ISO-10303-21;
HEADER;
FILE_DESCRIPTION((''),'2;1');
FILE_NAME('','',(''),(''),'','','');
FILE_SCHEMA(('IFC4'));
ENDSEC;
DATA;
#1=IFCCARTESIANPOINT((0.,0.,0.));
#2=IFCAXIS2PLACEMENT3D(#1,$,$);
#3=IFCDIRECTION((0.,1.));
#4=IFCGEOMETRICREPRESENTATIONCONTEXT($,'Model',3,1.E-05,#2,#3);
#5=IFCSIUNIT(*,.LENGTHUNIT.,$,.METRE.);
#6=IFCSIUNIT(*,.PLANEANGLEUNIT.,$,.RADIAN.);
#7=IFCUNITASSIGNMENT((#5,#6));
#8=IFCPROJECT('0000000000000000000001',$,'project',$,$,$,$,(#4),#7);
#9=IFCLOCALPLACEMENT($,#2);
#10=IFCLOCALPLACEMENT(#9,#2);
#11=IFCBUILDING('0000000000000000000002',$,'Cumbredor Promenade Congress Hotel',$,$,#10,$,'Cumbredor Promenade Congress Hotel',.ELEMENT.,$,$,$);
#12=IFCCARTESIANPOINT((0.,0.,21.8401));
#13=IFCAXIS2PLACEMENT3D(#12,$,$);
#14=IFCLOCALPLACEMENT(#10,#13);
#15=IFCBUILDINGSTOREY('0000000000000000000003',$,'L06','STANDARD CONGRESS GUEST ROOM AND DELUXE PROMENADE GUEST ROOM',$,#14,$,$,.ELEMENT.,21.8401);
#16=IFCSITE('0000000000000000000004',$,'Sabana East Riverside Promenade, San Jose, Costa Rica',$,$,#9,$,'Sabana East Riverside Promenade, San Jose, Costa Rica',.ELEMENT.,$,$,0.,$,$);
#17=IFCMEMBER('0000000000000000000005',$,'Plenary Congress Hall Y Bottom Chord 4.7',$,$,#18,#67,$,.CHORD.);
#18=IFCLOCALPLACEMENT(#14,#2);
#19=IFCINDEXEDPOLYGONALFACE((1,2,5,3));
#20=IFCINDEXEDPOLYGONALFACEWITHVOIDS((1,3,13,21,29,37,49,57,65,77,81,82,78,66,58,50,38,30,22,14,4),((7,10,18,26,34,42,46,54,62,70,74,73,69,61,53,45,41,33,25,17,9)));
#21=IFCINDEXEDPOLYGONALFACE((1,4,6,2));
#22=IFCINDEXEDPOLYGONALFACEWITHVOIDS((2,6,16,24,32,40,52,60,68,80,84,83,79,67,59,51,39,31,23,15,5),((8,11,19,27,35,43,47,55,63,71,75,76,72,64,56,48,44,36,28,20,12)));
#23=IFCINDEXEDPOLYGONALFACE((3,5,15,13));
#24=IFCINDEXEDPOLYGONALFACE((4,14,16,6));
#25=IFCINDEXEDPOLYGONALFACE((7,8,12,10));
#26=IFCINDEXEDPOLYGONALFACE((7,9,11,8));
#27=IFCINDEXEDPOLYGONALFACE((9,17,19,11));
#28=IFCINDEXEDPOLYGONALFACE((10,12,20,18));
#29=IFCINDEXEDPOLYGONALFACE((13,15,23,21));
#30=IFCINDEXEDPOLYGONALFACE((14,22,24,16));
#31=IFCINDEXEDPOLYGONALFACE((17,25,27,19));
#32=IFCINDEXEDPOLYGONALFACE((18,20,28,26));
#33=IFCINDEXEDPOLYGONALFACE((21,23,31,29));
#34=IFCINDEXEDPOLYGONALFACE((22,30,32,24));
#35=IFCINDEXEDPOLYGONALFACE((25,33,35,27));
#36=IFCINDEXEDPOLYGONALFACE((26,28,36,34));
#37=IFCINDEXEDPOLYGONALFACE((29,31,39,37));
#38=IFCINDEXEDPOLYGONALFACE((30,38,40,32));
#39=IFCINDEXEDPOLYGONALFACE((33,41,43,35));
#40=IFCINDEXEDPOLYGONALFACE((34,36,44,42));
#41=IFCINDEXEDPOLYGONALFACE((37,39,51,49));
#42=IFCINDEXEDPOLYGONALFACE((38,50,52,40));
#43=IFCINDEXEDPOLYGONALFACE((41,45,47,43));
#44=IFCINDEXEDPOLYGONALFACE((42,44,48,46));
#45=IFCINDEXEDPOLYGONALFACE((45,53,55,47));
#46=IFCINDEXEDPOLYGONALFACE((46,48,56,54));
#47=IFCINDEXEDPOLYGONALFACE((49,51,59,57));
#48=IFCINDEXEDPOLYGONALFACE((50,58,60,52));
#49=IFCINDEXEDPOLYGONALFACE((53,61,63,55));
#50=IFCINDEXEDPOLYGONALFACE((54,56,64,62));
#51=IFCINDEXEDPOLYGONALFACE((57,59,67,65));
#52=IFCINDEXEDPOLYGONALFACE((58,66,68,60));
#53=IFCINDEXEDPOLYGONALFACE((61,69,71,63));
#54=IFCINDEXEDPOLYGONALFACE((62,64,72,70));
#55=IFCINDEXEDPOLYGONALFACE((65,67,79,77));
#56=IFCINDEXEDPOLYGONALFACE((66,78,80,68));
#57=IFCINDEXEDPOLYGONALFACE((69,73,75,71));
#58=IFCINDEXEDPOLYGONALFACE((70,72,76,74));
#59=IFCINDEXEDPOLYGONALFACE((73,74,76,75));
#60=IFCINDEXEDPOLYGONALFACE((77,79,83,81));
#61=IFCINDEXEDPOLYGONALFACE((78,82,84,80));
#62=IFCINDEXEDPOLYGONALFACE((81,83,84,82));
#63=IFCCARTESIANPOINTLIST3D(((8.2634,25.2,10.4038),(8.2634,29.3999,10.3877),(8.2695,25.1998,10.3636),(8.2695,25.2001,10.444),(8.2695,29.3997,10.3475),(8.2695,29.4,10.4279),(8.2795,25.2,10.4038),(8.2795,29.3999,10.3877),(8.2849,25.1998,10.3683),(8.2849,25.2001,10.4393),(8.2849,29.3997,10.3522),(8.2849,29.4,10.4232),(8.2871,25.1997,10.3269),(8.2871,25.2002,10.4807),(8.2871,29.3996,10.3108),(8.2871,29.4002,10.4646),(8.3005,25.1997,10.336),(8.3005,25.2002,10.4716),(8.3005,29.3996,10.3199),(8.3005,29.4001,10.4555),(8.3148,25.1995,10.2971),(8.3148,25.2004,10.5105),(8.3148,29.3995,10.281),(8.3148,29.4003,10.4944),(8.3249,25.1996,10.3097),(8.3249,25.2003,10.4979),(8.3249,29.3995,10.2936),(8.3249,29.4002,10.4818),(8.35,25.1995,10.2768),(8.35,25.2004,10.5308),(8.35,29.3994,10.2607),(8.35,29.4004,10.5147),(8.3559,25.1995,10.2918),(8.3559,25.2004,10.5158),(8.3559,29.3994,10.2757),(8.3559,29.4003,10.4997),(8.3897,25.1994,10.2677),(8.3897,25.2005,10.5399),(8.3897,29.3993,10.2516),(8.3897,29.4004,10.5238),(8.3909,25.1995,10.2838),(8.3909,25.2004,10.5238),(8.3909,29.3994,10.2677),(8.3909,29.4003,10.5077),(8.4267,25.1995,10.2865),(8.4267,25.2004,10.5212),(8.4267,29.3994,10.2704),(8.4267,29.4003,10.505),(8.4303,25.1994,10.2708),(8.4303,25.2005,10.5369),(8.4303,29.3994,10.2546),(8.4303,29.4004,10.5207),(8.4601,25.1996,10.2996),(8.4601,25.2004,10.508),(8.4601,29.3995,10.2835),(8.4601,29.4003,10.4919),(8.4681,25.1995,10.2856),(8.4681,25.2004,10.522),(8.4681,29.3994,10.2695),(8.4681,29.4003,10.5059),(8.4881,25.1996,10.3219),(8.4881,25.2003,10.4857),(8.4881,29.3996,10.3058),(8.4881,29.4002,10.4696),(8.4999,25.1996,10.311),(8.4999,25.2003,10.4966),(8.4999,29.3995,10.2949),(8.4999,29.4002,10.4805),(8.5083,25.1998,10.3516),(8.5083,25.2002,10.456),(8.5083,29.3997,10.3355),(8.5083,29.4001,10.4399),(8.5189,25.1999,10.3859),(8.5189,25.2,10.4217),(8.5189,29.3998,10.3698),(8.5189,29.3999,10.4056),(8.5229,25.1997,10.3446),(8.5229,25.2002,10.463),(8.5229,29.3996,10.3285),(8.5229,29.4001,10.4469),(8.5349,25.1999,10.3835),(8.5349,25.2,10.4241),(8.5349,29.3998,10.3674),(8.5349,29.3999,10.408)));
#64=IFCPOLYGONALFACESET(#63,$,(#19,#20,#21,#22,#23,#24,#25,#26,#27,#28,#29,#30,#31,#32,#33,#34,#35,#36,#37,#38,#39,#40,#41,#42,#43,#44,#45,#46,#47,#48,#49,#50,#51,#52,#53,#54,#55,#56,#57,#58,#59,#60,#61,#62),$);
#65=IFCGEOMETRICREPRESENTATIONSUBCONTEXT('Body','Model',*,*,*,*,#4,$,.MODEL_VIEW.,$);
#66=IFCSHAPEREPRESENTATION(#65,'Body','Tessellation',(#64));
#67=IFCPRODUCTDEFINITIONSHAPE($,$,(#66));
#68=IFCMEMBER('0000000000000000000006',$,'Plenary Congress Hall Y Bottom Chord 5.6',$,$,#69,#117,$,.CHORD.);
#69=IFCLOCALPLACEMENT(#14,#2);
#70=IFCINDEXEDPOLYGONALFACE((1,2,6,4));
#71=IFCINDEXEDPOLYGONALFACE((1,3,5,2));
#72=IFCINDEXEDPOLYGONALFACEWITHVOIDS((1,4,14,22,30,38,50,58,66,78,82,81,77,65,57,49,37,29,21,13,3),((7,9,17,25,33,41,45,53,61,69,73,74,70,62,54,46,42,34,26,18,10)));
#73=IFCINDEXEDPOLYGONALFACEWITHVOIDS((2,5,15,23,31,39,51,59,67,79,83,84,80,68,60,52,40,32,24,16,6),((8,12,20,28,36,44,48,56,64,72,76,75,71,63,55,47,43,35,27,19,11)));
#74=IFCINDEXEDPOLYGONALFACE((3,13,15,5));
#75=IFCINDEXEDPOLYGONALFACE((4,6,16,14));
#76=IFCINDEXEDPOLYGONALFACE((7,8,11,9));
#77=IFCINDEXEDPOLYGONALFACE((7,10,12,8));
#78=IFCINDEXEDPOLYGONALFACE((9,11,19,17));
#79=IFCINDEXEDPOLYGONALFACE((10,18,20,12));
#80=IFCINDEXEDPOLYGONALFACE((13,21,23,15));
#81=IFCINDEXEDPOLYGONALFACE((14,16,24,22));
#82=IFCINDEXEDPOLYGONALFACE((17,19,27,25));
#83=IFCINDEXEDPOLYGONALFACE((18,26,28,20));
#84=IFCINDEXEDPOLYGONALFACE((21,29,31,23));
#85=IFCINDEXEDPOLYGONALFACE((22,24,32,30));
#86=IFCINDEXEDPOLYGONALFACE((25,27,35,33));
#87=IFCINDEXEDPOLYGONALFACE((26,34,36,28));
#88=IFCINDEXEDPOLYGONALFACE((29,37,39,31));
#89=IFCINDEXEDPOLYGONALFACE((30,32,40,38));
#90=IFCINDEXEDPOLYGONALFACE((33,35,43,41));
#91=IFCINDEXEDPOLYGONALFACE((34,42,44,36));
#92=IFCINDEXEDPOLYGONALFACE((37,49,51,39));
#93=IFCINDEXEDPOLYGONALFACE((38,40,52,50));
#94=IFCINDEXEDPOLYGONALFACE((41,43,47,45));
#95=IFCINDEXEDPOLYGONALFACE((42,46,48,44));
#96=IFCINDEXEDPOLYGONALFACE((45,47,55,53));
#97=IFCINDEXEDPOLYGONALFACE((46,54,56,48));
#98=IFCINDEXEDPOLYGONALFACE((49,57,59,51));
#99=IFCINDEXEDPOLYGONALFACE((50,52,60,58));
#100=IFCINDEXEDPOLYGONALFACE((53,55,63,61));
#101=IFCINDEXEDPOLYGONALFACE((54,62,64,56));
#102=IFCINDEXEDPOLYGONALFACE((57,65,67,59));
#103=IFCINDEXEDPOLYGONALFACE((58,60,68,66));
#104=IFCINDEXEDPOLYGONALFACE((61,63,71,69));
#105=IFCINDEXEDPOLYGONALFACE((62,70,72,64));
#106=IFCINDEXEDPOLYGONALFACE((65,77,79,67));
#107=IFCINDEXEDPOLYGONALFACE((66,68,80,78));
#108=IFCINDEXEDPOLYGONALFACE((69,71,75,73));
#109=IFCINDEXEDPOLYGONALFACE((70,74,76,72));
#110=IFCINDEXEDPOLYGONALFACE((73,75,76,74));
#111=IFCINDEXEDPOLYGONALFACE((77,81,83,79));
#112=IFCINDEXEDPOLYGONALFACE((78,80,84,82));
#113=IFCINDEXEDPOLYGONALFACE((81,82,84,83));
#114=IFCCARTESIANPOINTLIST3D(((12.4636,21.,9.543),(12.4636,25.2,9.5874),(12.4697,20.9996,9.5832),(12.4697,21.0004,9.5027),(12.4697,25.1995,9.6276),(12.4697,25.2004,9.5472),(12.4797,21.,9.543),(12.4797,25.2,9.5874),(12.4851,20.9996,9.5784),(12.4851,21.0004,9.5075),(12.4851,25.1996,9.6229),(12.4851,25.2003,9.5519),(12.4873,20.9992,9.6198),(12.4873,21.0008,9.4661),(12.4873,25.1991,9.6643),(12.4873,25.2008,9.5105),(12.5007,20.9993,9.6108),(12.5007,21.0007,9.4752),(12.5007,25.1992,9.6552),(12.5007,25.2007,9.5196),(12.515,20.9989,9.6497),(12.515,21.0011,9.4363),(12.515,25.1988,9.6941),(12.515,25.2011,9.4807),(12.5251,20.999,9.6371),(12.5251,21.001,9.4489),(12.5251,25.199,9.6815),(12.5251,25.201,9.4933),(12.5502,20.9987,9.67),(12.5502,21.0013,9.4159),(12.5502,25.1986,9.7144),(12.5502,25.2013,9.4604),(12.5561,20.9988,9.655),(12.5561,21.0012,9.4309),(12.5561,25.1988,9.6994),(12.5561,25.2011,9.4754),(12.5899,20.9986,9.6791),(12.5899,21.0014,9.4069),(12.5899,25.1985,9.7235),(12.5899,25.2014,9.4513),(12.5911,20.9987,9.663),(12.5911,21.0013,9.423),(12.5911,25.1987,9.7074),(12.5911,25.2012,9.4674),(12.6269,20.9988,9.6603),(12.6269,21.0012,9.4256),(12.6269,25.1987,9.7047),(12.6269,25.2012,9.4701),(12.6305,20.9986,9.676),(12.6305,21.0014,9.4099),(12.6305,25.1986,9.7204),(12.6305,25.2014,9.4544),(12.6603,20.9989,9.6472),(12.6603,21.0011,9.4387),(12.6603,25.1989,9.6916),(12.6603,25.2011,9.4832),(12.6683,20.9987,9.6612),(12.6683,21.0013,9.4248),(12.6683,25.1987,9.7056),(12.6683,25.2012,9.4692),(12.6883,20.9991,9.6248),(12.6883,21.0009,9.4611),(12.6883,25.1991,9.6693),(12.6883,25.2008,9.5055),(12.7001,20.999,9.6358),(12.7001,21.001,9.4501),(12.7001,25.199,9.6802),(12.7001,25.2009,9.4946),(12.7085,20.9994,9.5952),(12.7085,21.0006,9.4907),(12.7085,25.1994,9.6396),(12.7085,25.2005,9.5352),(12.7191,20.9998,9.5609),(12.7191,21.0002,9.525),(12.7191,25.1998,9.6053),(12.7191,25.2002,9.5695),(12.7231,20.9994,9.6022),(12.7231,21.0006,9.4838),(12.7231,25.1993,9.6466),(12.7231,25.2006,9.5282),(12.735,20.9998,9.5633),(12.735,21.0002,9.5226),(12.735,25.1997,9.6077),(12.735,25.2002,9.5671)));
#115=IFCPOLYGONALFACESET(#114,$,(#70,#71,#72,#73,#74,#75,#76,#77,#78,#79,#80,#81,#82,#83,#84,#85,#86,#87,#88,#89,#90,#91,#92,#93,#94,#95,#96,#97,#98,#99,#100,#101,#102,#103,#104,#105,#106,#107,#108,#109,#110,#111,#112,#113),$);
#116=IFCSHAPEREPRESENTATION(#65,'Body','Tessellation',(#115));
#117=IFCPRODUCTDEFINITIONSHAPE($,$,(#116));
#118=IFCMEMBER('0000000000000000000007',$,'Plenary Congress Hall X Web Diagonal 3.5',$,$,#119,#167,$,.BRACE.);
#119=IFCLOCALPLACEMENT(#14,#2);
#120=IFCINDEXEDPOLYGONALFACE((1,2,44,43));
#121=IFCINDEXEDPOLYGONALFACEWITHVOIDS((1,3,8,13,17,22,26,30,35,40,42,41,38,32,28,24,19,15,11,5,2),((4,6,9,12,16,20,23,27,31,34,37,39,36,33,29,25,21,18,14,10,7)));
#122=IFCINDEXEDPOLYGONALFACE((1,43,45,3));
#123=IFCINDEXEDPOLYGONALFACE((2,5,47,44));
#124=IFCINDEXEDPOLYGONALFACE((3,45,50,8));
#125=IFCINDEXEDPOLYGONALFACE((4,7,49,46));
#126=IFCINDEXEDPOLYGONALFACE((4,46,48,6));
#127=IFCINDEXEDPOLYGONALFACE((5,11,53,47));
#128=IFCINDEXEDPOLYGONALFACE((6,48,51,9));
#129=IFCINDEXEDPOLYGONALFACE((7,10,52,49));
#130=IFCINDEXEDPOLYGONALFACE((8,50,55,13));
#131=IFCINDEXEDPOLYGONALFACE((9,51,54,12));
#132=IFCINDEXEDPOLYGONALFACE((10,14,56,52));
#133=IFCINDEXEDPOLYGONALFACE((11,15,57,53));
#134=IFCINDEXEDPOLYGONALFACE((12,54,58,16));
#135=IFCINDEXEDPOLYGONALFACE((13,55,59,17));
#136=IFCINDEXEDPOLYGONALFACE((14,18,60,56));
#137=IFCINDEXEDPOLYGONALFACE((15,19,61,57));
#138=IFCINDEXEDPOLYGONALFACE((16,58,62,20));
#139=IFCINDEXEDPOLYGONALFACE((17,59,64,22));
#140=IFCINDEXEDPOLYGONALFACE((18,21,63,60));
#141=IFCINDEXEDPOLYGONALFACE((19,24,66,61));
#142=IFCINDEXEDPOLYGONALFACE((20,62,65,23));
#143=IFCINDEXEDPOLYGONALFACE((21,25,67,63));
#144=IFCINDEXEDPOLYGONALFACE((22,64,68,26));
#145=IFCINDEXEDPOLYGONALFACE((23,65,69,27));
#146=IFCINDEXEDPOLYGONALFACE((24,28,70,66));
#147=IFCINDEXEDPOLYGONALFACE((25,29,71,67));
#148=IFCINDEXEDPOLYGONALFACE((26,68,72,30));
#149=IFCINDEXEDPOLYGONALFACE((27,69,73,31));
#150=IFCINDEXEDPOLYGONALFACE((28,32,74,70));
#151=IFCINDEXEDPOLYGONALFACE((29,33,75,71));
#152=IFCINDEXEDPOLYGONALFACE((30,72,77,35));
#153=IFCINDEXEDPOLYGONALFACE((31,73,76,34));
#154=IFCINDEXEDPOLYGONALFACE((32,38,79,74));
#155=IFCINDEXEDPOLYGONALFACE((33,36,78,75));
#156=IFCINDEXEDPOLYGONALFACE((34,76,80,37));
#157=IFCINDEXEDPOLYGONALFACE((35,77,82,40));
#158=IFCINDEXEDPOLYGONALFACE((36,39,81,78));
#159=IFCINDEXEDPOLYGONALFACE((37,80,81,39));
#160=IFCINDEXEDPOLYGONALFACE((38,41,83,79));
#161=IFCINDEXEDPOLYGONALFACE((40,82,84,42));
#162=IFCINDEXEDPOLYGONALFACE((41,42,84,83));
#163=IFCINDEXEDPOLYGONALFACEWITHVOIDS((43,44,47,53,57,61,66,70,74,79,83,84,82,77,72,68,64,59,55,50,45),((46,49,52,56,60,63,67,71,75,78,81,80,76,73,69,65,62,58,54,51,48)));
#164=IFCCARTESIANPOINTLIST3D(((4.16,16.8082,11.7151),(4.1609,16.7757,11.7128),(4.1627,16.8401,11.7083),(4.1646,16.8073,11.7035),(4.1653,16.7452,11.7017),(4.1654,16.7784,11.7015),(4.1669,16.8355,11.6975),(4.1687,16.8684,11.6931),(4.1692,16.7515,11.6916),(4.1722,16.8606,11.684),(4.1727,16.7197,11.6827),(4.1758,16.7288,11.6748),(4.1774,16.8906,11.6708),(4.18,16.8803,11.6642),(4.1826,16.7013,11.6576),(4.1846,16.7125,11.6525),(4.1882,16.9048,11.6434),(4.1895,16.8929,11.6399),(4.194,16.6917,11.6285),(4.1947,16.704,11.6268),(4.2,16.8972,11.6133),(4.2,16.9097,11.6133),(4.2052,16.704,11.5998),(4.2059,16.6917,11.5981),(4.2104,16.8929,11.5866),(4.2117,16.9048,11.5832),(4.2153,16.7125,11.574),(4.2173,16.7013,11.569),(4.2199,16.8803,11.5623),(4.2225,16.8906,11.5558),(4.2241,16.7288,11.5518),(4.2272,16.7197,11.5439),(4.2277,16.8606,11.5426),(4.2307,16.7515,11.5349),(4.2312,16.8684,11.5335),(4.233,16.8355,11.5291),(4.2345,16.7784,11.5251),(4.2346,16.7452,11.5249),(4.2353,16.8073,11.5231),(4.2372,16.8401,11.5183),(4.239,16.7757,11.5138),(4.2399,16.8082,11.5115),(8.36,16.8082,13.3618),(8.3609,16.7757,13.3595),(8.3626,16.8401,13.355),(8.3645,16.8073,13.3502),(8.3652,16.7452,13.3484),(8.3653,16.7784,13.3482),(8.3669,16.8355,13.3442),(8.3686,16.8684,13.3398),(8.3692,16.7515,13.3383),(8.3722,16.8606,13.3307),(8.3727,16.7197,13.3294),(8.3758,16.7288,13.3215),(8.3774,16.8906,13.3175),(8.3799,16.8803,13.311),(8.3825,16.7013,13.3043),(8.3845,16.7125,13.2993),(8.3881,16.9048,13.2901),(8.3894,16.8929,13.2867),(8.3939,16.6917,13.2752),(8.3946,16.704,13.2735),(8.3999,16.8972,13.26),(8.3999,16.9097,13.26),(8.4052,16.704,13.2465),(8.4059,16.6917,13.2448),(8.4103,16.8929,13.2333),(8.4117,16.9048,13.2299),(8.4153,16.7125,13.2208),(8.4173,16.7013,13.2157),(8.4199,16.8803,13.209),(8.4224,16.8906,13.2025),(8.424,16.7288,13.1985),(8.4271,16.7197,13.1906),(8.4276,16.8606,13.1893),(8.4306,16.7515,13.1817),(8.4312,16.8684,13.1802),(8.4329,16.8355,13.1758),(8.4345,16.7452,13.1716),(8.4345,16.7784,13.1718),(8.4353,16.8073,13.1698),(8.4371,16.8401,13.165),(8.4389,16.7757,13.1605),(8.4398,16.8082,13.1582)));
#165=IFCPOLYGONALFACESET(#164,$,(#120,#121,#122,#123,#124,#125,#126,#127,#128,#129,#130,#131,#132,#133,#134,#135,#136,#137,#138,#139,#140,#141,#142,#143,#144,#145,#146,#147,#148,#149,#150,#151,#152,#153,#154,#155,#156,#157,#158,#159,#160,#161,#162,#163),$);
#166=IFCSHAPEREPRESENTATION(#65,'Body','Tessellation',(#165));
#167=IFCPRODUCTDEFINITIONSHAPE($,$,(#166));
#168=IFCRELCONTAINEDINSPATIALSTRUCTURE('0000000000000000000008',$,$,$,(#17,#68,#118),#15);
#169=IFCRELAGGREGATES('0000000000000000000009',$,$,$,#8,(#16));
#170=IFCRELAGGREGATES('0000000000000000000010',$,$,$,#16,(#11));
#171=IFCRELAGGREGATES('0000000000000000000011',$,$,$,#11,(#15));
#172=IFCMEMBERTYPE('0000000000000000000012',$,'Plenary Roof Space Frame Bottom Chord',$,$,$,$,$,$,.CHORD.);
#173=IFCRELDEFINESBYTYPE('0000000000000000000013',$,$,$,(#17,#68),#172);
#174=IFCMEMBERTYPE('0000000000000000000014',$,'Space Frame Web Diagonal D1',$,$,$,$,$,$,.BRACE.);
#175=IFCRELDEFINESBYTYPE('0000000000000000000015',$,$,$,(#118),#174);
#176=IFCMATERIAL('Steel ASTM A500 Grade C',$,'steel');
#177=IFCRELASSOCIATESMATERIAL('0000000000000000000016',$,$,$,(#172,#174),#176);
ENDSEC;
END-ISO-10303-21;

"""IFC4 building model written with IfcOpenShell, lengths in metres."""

from ifc_helpers import new_model, si_unit, direction, frame, origin, origin_2d, place, context, subcontext, project, spatial, hollow_circle, extrude, material, material_profile, profile_set, type_object, element, save


model = new_model("IFC4")

# Units and contexts
model_context = context("Model", 3, precision=1e-05, world=origin(), true_north=direction((0.0, 1.0)))
body_context = subcontext(model_context, "Body", "Model", "MODEL_VIEW")
ifc_project = project(units=[si_unit("LENGTHUNIT", "METRE"), si_unit("PLANEANGLEUNIT", "RADIAN")], contexts=[model_context])

# Site, building, storey
site_placement = place(None, origin())
site = spatial("IfcSite", under=ifc_project, at=site_placement, Name="Sabana East Riverside Promenade, San Jose, Costa Rica", LongName="Sabana East Riverside Promenade, San Jose, Costa Rica", CompositionType="ELEMENT", RefElevation=0.0)
building_placement = place(site_placement, origin())
building = spatial("IfcBuilding", under=site, at=building_placement, Name="Cumbredor Promenade Congress Hotel", LongName="Cumbredor Promenade Congress Hotel", CompositionType="ELEMENT")
storey_placement = place(building_placement, frame((0.0, 0.0, 21.8401)))
storey = spatial("IfcBuildingStorey", under=building, at=storey_placement, Name="L06", Description="STANDARD CONGRESS GUEST ROOM AND DELUXE PROMENADE GUEST ROOM", CompositionType="ELEMENT", Elevation=21.8401)

# Members
ifc_material_1 = material(Name="Steel ASTM A500 Grade C", Category="steel")
ifc_material_profile_1 = material_profile(ifc_material_1, hollow_circle(Radius=0.1365, WallThickness=0.0161, at=origin_2d()), Name="CHS 273.0x16")
ifc_profile_set_1 = profile_set([ifc_material_profile_1], Name="Steel ASTM A500 Grade C")
member_type_1 = type_object("IfcMemberType", Name="Plenary Roof Space Frame Bottom Chord", PredefinedType="CHORD", material=ifc_profile_set_1)
for number, where, z_axis, x_axis, name in (
    (1, (8.3999, 25.2, 10.4038), (0.0, 0.999993, -0.003837), (-1.0, 0.0, 0.0), "Plenary Congress Hall Y Bottom Chord 4.7"),
):
    element("IfcMember", number, at=place(storey_placement, frame(where, z_axis=z_axis, x_axis=x_axis)), inside=storey, type_object=member_type_1, Name=name, PredefinedType="CHORD", context=body_context, shape_type="SweptSolid", body=[
        extrude(hollow_circle(Radius=0.1365, WallThickness=0.0161, at=origin_2d()), origin(), (0.0, 0.0, 1.0), 4.2),
    ])
member_1_placement = place(storey_placement, frame((12.6001, 21.0, 9.543), z_axis=(0.0, 0.999944, 0.010579), x_axis=(-1.0, 0.0, 0.0)))
element("IfcMember", 2, at=member_1_placement, inside=storey, type_object=member_type_1, Name="Plenary Congress Hall Y Bottom Chord 5.6", PredefinedType="CHORD", context=body_context, shape_type="SweptSolid", body=[
    extrude(hollow_circle(Radius=0.1365, WallThickness=0.0161, at=origin_2d()), origin(), (0.0, 0.0, 1.0), 4.2002),
])
ifc_material_profile_2 = material_profile(ifc_material_1, hollow_circle(Radius=0.1096, WallThickness=0.0125, at=origin_2d()), Name="CHS 219.1x12.5")
ifc_profile_set_2 = profile_set([ifc_material_profile_2], Name="Steel ASTM A500 Grade C")
member_type_2 = type_object("IfcMemberType", Name="Space Frame Web Diagonal D1", PredefinedType="BRACE", material=ifc_profile_set_2)
member_2_placement = place(storey_placement, frame((4.2, 16.8, 11.6133), z_axis=(0.930997, 0.0, 0.365028), x_axis=(0.0, 1.0, 0.0)))
element("IfcMember", 3, at=member_2_placement, inside=storey, type_object=member_type_2, Name="Plenary Congress Hall X Web Diagonal 3.5", PredefinedType="BRACE", context=body_context, shape_type="SweptSolid", body=[
    extrude(hollow_circle(Radius=0.1096, WallThickness=0.0125, at=origin_2d()), origin(), (0.0, 0.0, 1.0), 4.5112),
])

save(model, "model.ifc")
